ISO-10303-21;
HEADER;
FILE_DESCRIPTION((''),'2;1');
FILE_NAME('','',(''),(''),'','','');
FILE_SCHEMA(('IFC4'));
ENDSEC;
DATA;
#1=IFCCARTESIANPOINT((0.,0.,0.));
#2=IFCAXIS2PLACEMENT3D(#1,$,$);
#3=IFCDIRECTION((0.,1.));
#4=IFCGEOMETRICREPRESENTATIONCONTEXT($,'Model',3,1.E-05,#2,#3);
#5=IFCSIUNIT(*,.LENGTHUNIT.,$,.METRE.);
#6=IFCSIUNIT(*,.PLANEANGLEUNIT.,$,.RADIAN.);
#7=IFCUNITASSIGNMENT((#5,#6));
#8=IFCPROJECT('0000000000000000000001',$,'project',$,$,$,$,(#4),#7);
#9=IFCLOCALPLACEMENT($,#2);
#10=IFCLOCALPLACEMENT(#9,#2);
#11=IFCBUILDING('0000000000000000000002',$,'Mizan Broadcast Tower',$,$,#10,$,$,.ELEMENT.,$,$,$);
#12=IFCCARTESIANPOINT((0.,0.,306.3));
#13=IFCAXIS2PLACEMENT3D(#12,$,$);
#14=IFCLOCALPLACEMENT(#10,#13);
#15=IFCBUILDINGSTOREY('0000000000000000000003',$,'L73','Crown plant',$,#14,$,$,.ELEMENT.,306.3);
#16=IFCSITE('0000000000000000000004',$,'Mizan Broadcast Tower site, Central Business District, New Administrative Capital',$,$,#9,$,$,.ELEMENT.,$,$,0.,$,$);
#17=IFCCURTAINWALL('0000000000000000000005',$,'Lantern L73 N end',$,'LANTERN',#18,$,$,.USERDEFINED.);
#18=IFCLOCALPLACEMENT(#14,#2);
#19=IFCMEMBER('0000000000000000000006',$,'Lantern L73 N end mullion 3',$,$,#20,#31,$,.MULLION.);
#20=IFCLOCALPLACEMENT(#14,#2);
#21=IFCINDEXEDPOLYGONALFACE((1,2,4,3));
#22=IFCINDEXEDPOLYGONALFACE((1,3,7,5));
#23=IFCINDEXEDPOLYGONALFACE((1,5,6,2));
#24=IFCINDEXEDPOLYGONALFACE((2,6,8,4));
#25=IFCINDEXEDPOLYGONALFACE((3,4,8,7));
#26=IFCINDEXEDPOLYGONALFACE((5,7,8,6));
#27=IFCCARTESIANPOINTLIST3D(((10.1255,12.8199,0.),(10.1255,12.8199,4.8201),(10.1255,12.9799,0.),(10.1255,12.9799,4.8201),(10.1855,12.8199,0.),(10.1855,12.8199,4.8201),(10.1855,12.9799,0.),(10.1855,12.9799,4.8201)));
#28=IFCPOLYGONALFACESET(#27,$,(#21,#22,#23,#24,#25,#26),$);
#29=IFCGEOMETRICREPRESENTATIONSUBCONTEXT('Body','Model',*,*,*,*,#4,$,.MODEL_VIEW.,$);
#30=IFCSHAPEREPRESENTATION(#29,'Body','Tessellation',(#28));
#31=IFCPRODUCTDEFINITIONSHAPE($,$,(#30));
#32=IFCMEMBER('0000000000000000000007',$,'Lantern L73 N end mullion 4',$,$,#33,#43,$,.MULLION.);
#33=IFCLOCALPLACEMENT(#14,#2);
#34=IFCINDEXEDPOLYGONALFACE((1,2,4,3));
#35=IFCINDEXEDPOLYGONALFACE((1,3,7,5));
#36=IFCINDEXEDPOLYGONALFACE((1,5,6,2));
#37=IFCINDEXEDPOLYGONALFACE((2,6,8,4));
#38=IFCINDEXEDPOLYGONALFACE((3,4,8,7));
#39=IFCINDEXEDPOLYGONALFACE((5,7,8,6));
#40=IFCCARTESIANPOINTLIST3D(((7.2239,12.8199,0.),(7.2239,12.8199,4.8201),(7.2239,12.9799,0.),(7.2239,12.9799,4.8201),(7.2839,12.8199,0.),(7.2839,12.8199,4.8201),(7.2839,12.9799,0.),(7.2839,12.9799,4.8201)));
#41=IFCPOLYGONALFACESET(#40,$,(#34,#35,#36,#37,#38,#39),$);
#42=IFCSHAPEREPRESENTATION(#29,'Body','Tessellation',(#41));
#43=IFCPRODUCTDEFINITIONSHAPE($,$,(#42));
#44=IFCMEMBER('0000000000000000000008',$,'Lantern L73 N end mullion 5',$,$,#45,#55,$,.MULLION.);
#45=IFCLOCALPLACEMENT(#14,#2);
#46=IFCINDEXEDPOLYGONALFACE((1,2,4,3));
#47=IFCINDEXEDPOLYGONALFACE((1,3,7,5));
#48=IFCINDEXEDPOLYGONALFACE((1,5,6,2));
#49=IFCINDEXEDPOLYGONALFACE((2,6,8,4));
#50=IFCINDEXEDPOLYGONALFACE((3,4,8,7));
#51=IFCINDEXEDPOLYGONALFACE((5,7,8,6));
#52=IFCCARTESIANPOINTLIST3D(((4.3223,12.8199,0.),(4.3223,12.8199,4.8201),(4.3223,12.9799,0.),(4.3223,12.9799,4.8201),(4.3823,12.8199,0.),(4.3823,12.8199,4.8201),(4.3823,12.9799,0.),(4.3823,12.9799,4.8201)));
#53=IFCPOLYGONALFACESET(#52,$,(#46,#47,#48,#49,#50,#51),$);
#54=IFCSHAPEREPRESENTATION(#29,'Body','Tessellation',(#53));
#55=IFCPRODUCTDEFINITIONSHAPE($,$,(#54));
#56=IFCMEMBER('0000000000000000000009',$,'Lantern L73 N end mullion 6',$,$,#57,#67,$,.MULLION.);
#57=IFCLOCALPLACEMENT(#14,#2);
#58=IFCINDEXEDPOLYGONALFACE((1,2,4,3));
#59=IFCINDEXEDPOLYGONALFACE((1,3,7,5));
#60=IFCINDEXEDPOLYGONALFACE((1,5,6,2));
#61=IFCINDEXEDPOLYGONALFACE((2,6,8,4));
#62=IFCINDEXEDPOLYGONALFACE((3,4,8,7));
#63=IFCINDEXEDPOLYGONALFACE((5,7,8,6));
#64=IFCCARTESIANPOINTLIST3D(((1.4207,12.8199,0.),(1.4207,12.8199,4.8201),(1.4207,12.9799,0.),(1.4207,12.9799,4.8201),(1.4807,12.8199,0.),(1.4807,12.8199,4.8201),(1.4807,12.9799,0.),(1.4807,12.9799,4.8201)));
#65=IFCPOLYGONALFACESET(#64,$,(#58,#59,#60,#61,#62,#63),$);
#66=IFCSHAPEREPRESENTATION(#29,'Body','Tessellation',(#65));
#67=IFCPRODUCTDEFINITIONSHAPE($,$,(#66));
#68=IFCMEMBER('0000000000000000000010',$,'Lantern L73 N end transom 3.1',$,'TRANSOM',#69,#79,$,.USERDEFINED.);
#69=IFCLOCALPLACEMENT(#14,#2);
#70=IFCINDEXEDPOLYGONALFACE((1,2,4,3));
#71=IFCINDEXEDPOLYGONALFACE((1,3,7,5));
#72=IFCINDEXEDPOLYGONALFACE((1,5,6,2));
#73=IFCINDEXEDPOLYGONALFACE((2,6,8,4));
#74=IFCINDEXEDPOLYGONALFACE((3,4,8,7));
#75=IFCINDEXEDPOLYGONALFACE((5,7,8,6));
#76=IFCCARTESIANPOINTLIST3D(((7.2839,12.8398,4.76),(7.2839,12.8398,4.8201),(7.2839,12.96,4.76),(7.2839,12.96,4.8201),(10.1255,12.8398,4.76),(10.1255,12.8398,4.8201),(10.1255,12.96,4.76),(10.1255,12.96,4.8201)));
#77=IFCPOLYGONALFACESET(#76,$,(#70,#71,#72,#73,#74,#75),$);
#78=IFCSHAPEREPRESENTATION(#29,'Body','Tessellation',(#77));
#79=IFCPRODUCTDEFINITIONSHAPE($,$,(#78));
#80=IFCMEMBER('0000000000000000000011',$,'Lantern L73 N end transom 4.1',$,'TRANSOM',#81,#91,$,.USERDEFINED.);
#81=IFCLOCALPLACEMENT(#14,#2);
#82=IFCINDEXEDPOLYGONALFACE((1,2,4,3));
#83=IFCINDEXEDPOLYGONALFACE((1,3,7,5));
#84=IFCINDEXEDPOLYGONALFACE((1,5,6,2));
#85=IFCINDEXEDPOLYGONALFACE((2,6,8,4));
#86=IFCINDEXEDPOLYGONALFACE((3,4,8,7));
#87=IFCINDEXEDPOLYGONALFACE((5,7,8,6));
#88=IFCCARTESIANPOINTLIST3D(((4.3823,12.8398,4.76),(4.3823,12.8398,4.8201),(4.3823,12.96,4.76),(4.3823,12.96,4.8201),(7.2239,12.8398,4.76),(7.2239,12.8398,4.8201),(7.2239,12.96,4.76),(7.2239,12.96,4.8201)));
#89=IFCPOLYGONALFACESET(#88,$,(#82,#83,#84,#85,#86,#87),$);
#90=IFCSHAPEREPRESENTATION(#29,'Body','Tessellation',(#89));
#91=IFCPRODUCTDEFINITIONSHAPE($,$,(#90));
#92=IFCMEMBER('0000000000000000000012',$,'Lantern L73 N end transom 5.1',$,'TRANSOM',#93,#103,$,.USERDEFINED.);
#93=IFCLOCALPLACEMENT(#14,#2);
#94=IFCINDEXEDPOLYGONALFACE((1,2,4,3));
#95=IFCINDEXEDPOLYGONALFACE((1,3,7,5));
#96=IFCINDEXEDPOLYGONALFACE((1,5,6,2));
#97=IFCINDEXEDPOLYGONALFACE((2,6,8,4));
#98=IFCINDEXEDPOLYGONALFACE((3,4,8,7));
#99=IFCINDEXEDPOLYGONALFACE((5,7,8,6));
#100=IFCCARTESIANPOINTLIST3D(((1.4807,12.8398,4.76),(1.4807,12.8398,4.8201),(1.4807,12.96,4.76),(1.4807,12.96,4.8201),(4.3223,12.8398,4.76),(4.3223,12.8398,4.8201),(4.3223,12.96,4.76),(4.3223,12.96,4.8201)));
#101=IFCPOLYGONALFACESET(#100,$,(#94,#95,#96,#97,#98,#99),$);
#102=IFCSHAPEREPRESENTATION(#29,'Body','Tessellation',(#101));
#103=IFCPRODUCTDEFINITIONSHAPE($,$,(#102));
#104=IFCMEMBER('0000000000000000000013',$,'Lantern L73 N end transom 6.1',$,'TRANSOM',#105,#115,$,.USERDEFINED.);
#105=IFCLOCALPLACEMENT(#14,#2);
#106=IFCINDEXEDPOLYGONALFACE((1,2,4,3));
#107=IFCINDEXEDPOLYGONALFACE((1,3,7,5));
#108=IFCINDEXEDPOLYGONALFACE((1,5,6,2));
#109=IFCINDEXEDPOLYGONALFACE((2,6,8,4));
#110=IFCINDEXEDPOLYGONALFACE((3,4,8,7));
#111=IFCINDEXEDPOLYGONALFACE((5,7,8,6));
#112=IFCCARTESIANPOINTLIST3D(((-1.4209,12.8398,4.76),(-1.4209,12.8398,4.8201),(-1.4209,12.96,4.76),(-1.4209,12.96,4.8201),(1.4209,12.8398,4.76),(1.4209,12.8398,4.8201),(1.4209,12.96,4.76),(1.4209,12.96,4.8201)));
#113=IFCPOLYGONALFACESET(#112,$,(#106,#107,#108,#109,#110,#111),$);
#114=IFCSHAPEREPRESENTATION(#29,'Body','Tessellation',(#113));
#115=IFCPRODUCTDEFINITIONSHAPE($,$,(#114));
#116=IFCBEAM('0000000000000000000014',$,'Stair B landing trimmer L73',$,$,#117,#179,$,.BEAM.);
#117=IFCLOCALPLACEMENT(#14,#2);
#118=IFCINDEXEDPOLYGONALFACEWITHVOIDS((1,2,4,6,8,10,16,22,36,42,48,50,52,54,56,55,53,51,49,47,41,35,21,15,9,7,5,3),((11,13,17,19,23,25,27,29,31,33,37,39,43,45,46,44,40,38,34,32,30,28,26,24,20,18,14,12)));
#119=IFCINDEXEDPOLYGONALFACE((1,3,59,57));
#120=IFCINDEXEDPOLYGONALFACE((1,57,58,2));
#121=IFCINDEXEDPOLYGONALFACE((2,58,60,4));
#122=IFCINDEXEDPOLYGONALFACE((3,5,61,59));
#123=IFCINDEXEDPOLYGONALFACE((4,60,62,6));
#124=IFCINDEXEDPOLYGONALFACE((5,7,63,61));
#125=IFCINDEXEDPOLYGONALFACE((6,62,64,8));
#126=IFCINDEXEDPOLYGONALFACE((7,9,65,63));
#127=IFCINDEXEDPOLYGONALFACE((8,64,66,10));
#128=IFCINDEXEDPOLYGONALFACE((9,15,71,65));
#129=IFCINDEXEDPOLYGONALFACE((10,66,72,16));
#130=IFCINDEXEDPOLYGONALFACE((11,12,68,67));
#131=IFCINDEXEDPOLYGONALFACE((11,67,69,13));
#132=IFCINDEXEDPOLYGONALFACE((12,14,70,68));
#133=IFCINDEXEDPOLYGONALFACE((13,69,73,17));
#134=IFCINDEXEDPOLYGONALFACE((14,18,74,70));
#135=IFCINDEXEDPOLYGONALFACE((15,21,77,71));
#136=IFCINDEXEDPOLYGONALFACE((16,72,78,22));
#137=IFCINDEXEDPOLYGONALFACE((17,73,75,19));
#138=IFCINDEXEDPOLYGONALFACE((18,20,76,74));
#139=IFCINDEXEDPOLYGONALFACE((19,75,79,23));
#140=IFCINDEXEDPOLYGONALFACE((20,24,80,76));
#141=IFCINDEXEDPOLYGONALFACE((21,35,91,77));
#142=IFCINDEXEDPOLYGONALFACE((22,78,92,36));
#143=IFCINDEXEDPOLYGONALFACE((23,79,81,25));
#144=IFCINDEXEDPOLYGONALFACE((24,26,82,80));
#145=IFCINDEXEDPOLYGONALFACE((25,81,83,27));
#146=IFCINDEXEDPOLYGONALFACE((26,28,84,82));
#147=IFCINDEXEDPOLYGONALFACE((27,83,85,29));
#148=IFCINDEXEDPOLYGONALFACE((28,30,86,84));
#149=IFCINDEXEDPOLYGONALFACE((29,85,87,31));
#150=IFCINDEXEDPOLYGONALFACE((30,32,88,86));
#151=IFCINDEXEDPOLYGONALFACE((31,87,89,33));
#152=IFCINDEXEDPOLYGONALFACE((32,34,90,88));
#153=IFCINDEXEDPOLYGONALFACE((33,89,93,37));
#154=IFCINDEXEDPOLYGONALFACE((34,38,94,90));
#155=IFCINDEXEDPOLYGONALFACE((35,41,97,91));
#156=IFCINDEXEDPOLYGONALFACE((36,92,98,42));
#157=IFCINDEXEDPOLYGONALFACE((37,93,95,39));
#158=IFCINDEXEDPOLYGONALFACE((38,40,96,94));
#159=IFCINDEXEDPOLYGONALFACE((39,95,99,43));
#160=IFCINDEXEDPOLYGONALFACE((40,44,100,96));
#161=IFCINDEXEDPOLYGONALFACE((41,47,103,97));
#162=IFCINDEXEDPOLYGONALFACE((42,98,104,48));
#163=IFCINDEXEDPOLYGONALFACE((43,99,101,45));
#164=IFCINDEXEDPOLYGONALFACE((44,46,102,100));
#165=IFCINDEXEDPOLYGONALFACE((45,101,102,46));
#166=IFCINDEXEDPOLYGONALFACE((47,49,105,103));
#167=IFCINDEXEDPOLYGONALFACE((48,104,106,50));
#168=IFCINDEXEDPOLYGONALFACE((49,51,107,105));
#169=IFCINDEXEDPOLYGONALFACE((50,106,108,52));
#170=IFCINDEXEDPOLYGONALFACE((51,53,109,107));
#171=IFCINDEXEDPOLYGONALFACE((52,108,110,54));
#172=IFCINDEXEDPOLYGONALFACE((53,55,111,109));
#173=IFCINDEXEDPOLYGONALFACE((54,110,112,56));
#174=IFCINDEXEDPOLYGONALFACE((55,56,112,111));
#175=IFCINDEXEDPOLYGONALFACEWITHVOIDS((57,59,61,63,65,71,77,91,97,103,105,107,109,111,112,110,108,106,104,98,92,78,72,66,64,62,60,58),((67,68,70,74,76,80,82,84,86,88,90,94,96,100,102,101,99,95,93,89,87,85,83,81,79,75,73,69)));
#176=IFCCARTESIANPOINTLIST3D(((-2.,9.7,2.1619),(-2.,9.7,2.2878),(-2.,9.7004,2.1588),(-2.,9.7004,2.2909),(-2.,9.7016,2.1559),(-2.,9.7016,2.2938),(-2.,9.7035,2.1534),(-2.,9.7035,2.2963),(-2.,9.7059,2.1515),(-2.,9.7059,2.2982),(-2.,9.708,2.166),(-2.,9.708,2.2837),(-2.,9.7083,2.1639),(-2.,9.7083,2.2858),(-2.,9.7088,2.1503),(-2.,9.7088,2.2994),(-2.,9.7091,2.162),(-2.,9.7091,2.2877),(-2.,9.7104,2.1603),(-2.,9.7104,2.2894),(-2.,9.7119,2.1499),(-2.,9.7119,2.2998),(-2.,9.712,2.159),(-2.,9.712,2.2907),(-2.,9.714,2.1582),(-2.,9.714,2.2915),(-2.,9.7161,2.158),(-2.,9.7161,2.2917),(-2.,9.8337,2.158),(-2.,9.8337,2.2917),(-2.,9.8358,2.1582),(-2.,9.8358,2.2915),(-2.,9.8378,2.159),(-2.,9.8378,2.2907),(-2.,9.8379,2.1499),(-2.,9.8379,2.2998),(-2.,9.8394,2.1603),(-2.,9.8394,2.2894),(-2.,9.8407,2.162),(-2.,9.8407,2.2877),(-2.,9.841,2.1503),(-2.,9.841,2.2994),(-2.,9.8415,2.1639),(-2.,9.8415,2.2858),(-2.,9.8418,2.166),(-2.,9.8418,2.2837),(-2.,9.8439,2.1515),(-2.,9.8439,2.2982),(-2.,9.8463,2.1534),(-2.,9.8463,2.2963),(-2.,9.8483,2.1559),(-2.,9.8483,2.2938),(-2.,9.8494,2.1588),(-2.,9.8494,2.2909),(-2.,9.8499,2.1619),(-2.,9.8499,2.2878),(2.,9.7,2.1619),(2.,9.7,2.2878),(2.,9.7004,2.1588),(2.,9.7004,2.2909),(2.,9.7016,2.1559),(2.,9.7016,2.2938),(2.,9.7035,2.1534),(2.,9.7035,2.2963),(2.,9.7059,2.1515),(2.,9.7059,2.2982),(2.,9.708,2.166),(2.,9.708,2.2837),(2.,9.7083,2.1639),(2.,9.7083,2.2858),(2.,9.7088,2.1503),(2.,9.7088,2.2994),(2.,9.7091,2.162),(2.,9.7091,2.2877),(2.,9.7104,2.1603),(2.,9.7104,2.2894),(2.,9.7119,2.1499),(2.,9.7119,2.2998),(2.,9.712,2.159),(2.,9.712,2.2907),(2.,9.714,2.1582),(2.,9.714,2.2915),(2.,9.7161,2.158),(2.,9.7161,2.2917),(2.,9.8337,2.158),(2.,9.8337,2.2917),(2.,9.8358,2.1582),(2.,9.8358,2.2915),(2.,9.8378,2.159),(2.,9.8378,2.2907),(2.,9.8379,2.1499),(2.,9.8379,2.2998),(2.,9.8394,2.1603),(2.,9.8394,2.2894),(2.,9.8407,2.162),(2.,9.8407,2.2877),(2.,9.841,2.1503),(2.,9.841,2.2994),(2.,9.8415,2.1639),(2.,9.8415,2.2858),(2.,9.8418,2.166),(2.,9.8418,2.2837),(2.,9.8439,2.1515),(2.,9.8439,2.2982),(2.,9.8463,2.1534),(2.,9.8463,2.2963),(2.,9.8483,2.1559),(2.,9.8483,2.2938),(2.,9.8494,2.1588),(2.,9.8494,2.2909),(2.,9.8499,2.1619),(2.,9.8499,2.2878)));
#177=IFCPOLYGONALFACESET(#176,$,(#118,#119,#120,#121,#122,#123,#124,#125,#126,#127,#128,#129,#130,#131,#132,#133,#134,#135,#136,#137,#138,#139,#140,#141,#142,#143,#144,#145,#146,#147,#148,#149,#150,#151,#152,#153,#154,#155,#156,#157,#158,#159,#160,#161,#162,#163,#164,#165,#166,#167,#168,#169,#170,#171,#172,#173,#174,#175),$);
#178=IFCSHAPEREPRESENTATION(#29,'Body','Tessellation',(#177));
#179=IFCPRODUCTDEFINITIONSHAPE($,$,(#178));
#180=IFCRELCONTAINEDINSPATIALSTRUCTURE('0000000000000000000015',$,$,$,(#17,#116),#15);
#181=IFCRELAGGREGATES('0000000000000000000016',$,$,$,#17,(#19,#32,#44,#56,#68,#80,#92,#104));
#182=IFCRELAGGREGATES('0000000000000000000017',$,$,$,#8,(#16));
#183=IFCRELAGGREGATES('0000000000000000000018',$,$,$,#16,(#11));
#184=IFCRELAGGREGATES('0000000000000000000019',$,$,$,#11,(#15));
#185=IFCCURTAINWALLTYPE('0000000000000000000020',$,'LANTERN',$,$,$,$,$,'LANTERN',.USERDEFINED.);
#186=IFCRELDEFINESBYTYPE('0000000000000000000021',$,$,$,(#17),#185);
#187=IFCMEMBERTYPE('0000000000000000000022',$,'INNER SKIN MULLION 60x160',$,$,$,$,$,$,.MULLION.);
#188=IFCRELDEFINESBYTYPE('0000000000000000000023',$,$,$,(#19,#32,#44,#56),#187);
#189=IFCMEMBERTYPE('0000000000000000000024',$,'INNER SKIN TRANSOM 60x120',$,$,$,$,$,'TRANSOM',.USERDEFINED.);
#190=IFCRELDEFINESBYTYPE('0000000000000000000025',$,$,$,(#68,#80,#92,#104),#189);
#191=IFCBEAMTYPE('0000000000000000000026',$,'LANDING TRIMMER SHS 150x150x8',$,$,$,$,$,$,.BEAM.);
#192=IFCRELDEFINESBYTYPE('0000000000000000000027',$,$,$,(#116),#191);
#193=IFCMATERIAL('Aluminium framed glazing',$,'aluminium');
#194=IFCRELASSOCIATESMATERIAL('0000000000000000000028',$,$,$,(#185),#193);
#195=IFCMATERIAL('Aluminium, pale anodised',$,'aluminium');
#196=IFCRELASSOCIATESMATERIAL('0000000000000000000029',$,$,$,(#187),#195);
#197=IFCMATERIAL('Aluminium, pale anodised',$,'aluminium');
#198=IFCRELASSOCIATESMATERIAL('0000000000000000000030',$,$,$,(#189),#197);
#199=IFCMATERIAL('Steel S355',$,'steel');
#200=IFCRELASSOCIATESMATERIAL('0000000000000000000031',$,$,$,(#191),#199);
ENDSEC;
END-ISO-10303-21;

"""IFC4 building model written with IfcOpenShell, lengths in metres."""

from ifc_helpers import new_model, si_unit, direction, frame, origin, origin_2d, place, context, subcontext, project, spatial, rectangle, hollow_rectangle, extrude, material, material_profile, profile_set, type_object, element, aggregate, save


model = new_model("IFC4")

# Units and contexts
model_context = context("Model", 3, precision=1e-05, world=origin(), true_north=direction((0.0, 1.0)))
body_context = subcontext(model_context, "Body", "Model", "MODEL_VIEW")
ifc_project = project(units=[si_unit("LENGTHUNIT", "METRE"), si_unit("PLANEANGLEUNIT", "RADIAN")], contexts=[model_context])

# Site, building, storey
site_placement = place(None, origin())
site = spatial("IfcSite", under=ifc_project, at=site_placement, Name="Mizan Broadcast Tower site, Central Business District, New Administrative Capital", CompositionType="ELEMENT", RefElevation=0.0)
building_placement = place(site_placement, origin())
building = spatial("IfcBuilding", under=site, at=building_placement, Name="Mizan Broadcast Tower", CompositionType="ELEMENT")
storey_placement = place(building_placement, frame((0.0, 0.0, 306.3)))
storey = spatial("IfcBuildingStorey", under=building, at=storey_placement, Name="L73", Description="Crown plant", CompositionType="ELEMENT", Elevation=306.3)

# Curtain wall, members
ifc_material_1 = material(Name="Aluminium framed glazing", Category="aluminium")
curtain_wall_type = type_object("IfcCurtainWallType", Name="LANTERN", ElementType="LANTERN", PredefinedType="USERDEFINED", material=ifc_material_1)
curtain_wall_placement = place(storey_placement, origin())
curtain_wall = element("IfcCurtainWall", 1, at=curtain_wall_placement, inside=storey, type_object=curtain_wall_type, Name="Lantern L73 N end", ObjectType="LANTERN", PredefinedType="USERDEFINED")
ifc_material_2 = material(Name="Aluminium, pale anodised", Category="aluminium")
ifc_material_profile_1 = material_profile(ifc_material_2, rectangle(XDim=0.1599, YDim=0.0601, at=origin_2d()), Name="MULLION 160x60")
ifc_profile_set_1 = profile_set([ifc_material_profile_1], Name="Aluminium, pale anodised")
member_type_1 = type_object("IfcMemberType", Name="INNER SKIN MULLION 60x160", PredefinedType="MULLION", material=ifc_profile_set_1)
member_1_placement = place(storey_placement, frame((10.1555, 12.8999, 0.0), z_axis=(0.0, 0.0, 1.0), x_axis=(0.0, -1.0, 0.0)))
member_1 = element("IfcMember", 2, at=member_1_placement, type_object=member_type_1, Name="Lantern L73 N end mullion 3", PredefinedType="MULLION", context=body_context, shape_type="SweptSolid", body=[
    extrude(rectangle(XDim=0.1599, YDim=0.0601, at=origin_2d()), origin(), (0.0, 0.0, 1.0), 4.8201),
])
member_2_placement = place(storey_placement, frame((7.2539, 12.8999, 0.0), z_axis=(0.0, 0.0, 1.0), x_axis=(0.0, -1.0, 0.0)))
member_2 = element("IfcMember", 3, at=member_2_placement, type_object=member_type_1, Name="Lantern L73 N end mullion 4", PredefinedType="MULLION", context=body_context, shape_type="SweptSolid", body=[
    extrude(rectangle(XDim=0.1599, YDim=0.0601, at=origin_2d()), origin(), (0.0, 0.0, 1.0), 4.8201),
])
member_3_placement = place(storey_placement, frame((4.3523, 12.8999, 0.0), z_axis=(0.0, 0.0, 1.0), x_axis=(0.0, -1.0, 0.0)))
member_3 = element("IfcMember", 4, at=member_3_placement, type_object=member_type_1, Name="Lantern L73 N end mullion 5", PredefinedType="MULLION", context=body_context, shape_type="SweptSolid", body=[
    extrude(rectangle(XDim=0.1599, YDim=0.0601, at=origin_2d()), origin(), (0.0, 0.0, 1.0), 4.8201),
])
member_4_placement = place(storey_placement, frame((1.4507, 12.8999, 0.0), z_axis=(0.0, 0.0, 1.0), x_axis=(0.0, -1.0, 0.0)))
member_4 = element("IfcMember", 5, at=member_4_placement, type_object=member_type_1, Name="Lantern L73 N end mullion 6", PredefinedType="MULLION", context=body_context, shape_type="SweptSolid", body=[
    extrude(rectangle(XDim=0.1599, YDim=0.0601, at=origin_2d()), origin(), (0.0, 0.0, 1.0), 4.8201),
])
ifc_material_3 = material(Name="Aluminium, pale anodised", Category="aluminium")
ifc_material_profile_2 = material_profile(ifc_material_3, rectangle(XDim=0.1201, YDim=0.0601, at=origin_2d()), Name="TRANSOM 120x60")
ifc_profile_set_2 = profile_set([ifc_material_profile_2], Name="Aluminium, pale anodised")
member_type_2 = type_object("IfcMemberType", Name="INNER SKIN TRANSOM 60x120", ElementType="TRANSOM", PredefinedType="USERDEFINED", material=ifc_profile_set_2)
member_5_placement = place(storey_placement, frame((10.1255, 12.8999, 4.79), z_axis=(-1.0, 0.0, 0.0), x_axis=(0.0, -1.0, 0.0)))
member_5 = element("IfcMember", 6, at=member_5_placement, type_object=member_type_2, Name="Lantern L73 N end transom 3.1", ObjectType="TRANSOM", PredefinedType="USERDEFINED", context=body_context, shape_type="SweptSolid", body=[
    extrude(rectangle(XDim=0.1201, YDim=0.0601, at=origin_2d()), origin(), (0.0, 0.0, 1.0), 2.8416),
])
member_6_placement = place(storey_placement, frame((7.2239, 12.8999, 4.79), z_axis=(-1.0, 0.0, 0.0), x_axis=(0.0, -1.0, 0.0)))
member_6 = element("IfcMember", 7, at=member_6_placement, type_object=member_type_2, Name="Lantern L73 N end transom 4.1", ObjectType="TRANSOM", PredefinedType="USERDEFINED", context=body_context, shape_type="SweptSolid", body=[
    extrude(rectangle(XDim=0.1201, YDim=0.0601, at=origin_2d()), origin(), (0.0, 0.0, 1.0), 2.8416),
])
member_7_placement = place(storey_placement, frame((4.3223, 12.8999, 4.79), z_axis=(-1.0, 0.0, 0.0), x_axis=(0.0, -1.0, 0.0)))
member_7 = element("IfcMember", 8, at=member_7_placement, type_object=member_type_2, Name="Lantern L73 N end transom 5.1", ObjectType="TRANSOM", PredefinedType="USERDEFINED", context=body_context, shape_type="SweptSolid", body=[
    extrude(rectangle(XDim=0.1201, YDim=0.0601, at=origin_2d()), origin(), (0.0, 0.0, 1.0), 2.8416),
])
member_8_placement = place(storey_placement, frame((1.4209, 12.8999, 4.79), z_axis=(-1.0, 0.0, 0.0), x_axis=(0.0, -1.0, 0.0)))
member_8 = element("IfcMember", 9, at=member_8_placement, type_object=member_type_2, Name="Lantern L73 N end transom 6.1", ObjectType="TRANSOM", PredefinedType="USERDEFINED", context=body_context, shape_type="SweptSolid", body=[
    extrude(rectangle(XDim=0.1201, YDim=0.0601, at=origin_2d()), origin(), (0.0, 0.0, 1.0), 2.8418),
])

# Beam
ifc_material_4 = material(Name="Steel S355", Category="steel")
ifc_material_profile_3 = material_profile(ifc_material_4, hollow_rectangle(XDim=0.1499, YDim=0.1499, WallThickness=0.0081, InnerFilletRadius=0.0081, OuterFilletRadius=0.012, at=origin_2d()), Name="SHS 150x150x8")
ifc_profile_set_3 = profile_set([ifc_material_profile_3], Name="Steel S355")
beam_type = type_object("IfcBeamType", Name="LANDING TRIMMER SHS 150x150x8", PredefinedType="BEAM", material=ifc_profile_set_3)
for number, where, z_axis, x_axis, name in (
    (10, (2.0, 9.7749, 2.2249), (-1.0, 0.0, 0.0), (0.0, -1.0, 0.0), "Stair B landing trimmer L73"),
):
    element("IfcBeam", number, at=place(storey_placement, frame(where, z_axis=z_axis, x_axis=x_axis)), inside=storey, type_object=beam_type, Name=name, PredefinedType="BEAM", context=body_context, shape_type="SweptSolid", body=[
        extrude(hollow_rectangle(XDim=0.1499, YDim=0.1499, WallThickness=0.0081, InnerFilletRadius=0.0081, OuterFilletRadius=0.012, at=origin_2d()), origin(), (0.0, 0.0, 1.0), 4.0),
    ])

aggregate(curtain_wall, [member_1, member_2, member_3, member_4, member_5, member_6, member_7, member_8])

save(model, "model.ifc")
